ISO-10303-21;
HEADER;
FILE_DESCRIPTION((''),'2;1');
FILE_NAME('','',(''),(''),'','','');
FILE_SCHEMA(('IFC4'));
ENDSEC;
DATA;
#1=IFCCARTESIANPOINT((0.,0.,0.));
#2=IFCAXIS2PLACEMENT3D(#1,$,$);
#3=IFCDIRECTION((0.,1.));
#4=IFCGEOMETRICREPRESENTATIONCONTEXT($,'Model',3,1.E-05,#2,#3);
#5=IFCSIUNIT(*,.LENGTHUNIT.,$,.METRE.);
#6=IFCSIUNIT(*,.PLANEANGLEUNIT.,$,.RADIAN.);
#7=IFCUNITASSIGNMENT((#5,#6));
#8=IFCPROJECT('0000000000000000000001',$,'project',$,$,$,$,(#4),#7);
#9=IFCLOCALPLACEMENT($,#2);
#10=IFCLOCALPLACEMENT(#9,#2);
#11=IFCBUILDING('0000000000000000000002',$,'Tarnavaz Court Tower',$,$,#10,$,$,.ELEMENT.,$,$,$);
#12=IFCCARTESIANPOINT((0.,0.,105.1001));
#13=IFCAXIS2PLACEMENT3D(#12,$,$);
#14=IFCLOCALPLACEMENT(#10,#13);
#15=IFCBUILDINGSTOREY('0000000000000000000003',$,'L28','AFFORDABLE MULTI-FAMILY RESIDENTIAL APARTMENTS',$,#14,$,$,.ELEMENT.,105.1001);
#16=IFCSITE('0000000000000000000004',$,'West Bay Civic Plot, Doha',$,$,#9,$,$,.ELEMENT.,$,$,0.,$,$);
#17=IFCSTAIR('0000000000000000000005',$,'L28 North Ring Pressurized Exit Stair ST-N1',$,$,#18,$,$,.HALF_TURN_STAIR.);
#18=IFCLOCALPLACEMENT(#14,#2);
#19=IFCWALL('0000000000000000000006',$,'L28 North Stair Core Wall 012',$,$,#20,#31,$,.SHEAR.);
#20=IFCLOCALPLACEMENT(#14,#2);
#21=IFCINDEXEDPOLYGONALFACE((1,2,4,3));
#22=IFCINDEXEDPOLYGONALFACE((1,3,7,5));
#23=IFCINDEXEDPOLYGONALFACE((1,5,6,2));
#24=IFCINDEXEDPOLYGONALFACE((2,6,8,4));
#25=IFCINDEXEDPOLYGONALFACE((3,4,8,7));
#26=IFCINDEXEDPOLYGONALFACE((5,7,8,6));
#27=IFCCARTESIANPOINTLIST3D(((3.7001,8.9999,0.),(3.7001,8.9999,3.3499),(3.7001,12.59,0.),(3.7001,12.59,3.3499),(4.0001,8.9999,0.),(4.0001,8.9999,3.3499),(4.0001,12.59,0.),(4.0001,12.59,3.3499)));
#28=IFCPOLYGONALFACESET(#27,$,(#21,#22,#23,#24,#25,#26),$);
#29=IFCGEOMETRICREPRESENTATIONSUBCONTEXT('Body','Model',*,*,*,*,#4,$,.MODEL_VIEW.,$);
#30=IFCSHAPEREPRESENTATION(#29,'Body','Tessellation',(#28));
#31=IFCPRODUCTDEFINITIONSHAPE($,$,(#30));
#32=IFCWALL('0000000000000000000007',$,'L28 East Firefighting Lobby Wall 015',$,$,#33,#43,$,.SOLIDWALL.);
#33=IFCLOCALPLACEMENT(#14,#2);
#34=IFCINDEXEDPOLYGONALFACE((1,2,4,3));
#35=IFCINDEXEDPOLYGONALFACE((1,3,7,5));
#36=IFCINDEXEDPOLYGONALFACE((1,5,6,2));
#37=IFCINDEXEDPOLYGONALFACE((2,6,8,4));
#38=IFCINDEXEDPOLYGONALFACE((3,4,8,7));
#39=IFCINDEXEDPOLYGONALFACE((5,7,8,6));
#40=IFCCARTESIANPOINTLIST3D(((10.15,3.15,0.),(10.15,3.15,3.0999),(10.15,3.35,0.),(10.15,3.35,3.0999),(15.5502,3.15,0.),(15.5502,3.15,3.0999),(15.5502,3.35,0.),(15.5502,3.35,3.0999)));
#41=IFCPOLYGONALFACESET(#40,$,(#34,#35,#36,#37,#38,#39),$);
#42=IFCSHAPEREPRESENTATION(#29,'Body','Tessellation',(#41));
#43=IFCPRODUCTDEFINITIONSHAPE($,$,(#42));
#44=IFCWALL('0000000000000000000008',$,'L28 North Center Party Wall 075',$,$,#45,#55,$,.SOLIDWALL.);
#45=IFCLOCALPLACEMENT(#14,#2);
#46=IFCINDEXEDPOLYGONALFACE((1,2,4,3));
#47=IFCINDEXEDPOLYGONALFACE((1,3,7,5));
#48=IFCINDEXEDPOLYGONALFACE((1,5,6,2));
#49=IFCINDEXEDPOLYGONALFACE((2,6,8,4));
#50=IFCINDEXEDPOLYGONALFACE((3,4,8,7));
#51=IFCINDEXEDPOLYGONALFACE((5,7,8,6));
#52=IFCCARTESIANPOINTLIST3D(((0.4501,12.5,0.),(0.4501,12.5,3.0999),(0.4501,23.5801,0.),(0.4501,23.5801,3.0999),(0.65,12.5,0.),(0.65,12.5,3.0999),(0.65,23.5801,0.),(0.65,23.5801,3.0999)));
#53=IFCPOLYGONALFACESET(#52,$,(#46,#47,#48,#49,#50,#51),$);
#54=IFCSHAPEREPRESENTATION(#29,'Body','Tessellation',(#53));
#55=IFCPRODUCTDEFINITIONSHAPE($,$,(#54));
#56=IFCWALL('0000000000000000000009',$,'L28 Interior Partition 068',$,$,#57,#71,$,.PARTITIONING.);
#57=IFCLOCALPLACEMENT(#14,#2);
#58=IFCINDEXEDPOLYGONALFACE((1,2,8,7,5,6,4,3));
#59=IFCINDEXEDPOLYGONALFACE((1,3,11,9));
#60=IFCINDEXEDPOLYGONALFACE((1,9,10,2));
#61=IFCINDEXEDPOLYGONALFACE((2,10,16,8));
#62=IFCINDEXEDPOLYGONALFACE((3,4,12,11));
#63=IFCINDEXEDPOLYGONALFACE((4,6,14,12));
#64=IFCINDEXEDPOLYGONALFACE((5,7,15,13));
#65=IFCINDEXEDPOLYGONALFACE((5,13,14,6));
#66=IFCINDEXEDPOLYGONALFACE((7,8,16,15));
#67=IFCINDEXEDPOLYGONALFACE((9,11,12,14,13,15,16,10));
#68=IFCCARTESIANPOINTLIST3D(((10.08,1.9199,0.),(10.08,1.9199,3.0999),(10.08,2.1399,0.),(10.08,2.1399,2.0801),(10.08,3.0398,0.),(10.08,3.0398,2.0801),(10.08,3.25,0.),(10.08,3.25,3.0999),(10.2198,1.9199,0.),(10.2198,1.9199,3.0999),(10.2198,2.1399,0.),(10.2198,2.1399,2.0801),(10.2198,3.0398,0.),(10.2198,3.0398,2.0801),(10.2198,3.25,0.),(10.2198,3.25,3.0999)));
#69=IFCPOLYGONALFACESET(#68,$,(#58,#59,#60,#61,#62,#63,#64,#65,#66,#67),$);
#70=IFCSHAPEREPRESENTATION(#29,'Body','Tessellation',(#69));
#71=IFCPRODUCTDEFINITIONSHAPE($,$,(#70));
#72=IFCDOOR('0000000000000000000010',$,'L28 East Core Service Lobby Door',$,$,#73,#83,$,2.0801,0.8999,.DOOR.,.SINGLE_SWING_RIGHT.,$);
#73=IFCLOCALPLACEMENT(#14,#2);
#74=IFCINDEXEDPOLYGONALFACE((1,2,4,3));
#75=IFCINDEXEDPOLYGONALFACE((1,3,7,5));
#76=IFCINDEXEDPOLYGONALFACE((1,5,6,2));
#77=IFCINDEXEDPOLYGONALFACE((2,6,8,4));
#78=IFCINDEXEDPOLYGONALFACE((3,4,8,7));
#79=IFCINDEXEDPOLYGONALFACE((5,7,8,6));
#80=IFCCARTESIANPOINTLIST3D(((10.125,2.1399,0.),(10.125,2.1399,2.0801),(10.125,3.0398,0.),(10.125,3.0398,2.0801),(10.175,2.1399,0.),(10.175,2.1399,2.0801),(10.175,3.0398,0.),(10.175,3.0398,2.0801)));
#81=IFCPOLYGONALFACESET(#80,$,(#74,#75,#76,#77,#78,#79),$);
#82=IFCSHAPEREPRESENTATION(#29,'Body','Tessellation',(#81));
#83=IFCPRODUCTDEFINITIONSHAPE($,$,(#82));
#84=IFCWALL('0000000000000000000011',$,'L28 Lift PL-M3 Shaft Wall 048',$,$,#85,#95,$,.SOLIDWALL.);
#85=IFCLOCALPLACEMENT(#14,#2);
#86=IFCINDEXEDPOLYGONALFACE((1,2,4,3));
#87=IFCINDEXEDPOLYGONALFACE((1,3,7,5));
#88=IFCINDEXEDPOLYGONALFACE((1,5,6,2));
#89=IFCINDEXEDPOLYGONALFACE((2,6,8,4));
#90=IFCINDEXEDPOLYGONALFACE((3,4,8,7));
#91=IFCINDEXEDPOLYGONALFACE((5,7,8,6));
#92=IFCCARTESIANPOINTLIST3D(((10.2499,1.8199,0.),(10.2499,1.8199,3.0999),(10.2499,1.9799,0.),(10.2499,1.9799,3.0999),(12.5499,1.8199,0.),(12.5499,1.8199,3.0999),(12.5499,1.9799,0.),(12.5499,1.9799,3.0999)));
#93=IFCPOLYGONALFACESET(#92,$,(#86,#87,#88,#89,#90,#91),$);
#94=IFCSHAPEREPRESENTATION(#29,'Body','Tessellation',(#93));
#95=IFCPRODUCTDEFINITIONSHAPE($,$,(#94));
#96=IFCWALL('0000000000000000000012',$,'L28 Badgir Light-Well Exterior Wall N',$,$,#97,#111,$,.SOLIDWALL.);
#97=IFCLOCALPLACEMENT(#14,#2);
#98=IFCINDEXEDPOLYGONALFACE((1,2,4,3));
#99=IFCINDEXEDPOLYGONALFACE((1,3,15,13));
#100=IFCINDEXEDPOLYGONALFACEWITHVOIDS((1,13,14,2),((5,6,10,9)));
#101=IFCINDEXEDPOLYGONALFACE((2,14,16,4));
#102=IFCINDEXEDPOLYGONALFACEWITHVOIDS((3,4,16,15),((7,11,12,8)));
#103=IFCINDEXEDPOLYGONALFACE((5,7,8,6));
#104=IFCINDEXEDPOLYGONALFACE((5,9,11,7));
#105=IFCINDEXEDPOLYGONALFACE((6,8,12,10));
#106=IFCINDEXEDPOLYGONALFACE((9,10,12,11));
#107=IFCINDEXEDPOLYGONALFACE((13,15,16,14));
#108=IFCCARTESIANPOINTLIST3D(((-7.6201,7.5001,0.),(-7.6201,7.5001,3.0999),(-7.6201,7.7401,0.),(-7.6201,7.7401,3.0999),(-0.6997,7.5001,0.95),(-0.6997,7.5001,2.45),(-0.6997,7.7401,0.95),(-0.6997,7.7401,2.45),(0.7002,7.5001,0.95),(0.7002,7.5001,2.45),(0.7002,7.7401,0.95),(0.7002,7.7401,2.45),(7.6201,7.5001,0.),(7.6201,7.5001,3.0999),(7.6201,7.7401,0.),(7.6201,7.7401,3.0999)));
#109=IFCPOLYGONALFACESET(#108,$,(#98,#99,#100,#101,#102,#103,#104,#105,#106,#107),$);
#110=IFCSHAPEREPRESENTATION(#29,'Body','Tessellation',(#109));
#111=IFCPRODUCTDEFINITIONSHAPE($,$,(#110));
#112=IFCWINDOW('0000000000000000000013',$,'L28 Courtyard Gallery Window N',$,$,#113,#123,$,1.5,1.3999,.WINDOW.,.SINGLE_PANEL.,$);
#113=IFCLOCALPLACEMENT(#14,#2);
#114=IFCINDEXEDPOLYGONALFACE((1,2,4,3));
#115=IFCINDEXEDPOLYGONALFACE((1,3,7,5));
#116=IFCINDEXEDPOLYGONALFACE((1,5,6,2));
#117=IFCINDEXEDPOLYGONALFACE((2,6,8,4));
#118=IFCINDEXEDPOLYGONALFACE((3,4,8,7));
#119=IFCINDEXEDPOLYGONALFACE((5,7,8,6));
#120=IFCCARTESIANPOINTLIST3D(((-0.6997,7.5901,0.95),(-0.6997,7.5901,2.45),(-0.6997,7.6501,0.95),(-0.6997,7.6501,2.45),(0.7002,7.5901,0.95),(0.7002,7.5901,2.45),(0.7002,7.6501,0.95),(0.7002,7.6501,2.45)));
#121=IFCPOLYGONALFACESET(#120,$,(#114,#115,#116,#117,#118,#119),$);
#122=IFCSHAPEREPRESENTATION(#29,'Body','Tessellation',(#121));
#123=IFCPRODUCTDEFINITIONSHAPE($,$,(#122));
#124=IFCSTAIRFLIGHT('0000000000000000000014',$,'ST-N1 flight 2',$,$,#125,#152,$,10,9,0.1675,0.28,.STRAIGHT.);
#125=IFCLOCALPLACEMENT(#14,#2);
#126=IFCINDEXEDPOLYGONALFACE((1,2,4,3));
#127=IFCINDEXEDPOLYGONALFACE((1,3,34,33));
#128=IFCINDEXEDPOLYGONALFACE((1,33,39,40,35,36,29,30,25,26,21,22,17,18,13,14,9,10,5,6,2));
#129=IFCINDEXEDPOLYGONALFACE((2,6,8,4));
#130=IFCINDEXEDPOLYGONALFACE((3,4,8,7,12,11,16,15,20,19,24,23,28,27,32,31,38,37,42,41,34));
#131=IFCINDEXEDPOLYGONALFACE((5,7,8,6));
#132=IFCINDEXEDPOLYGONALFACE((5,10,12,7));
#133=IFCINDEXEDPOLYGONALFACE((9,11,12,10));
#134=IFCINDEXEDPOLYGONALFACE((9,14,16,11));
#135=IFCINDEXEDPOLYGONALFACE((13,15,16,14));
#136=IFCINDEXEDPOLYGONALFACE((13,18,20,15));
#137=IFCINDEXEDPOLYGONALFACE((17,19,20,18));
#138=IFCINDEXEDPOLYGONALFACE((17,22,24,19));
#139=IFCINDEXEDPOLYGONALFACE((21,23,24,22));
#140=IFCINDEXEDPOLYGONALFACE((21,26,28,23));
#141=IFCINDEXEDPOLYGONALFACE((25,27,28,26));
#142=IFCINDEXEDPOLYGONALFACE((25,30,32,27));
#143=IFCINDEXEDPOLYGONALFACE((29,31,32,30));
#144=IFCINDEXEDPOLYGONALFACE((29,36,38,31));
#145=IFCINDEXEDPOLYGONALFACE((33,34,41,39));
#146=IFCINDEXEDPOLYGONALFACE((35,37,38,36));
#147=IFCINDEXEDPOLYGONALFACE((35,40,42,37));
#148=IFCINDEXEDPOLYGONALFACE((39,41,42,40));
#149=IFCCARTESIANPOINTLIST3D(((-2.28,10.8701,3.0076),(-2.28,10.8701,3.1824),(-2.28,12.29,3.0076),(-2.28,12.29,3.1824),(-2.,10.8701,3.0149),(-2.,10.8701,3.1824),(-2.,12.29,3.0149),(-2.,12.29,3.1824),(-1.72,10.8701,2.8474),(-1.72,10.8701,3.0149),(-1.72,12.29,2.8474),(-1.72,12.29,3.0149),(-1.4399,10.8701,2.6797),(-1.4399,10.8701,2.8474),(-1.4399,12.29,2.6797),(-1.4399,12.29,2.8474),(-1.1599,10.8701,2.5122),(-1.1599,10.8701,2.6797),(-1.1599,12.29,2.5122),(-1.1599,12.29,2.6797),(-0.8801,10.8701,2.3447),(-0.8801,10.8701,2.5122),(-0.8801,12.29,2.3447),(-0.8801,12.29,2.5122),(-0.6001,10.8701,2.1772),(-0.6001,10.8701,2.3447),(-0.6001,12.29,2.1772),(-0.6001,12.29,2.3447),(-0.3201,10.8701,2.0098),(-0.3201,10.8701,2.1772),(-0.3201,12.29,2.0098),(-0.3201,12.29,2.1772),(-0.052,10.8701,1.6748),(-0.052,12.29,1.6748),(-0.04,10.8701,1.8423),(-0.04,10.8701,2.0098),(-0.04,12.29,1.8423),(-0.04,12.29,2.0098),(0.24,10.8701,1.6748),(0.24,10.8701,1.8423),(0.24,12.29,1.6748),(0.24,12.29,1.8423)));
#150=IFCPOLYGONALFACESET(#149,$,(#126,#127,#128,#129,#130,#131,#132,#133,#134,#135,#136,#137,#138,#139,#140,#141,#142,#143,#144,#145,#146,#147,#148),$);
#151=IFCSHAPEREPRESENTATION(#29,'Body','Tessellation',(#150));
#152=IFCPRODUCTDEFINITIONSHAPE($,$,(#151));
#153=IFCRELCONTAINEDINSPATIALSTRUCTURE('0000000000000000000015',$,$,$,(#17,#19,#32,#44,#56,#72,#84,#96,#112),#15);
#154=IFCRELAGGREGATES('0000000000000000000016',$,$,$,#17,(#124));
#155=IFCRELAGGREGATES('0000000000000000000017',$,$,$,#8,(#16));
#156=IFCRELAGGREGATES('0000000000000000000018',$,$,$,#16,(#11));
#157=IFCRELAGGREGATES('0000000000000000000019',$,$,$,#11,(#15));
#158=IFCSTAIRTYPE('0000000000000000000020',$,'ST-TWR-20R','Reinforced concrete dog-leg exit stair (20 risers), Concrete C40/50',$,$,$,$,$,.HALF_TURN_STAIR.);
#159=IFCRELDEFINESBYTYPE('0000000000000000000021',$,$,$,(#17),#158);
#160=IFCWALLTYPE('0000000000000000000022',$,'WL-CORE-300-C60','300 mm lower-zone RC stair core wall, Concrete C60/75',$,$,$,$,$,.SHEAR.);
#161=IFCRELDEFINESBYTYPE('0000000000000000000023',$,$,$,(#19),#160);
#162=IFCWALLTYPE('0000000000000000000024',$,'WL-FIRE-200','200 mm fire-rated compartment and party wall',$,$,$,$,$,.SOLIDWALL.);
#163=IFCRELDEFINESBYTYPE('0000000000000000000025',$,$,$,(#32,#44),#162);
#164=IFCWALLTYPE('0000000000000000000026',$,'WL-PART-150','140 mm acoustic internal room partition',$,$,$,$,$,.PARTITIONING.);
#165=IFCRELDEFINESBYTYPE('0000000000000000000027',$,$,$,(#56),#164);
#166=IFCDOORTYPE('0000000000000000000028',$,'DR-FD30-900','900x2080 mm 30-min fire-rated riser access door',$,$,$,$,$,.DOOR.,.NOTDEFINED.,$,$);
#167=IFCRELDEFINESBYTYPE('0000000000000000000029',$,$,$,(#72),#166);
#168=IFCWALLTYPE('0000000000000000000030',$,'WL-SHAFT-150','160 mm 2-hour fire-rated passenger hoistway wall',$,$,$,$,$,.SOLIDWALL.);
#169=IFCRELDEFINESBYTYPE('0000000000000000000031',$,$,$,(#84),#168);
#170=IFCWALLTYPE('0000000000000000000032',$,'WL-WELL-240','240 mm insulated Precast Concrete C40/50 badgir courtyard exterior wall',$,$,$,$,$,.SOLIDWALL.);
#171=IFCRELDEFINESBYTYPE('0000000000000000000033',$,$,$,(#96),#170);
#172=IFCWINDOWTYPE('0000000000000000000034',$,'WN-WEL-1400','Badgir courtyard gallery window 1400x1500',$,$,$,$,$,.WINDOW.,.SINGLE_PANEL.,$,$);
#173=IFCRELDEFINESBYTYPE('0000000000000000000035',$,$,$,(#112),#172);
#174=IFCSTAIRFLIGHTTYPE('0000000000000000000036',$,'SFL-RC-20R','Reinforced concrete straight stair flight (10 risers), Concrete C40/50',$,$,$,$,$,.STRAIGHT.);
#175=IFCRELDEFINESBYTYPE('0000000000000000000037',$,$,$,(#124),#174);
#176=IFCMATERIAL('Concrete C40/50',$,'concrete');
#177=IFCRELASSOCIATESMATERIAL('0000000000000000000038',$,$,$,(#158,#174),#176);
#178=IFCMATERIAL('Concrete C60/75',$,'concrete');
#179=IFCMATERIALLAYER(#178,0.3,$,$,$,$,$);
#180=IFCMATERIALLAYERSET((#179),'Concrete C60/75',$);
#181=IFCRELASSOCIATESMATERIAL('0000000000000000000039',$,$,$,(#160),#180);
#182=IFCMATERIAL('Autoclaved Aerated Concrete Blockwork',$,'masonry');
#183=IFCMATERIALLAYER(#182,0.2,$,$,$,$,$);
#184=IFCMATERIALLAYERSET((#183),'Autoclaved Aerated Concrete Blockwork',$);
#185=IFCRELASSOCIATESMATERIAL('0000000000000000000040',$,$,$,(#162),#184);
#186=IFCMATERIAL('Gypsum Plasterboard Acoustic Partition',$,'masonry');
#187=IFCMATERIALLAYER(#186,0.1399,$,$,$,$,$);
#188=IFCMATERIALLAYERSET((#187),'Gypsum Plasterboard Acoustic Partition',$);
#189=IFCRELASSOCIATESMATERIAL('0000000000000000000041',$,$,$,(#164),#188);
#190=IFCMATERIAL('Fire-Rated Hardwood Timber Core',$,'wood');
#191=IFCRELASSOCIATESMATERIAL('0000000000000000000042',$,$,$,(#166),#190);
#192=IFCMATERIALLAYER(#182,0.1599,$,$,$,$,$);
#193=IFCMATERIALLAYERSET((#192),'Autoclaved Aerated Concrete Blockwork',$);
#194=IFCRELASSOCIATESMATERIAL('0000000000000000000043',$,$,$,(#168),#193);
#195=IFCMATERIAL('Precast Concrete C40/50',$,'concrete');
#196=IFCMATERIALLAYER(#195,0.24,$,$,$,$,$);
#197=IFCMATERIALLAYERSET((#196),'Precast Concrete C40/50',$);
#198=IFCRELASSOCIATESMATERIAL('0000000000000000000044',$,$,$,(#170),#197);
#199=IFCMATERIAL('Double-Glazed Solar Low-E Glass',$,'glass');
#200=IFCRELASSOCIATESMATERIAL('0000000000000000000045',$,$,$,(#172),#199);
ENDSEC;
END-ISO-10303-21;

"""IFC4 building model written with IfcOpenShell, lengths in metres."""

from ifc_helpers import new_model, si_unit, direction, frame, frame_2d, origin, place, context, subcontext, project, spatial, polyline, rectangle, outline, extrude, material, layer, layer_set, type_object, element, fill, aggregate, save


model = new_model("IFC4")

# Units and contexts
model_context = context("Model", 3, precision=1e-05, world=origin(), true_north=direction((0.0, 1.0)))
body_context = subcontext(model_context, "Body", "Model", "MODEL_VIEW")
ifc_project = project(units=[si_unit("LENGTHUNIT", "METRE"), si_unit("PLANEANGLEUNIT", "RADIAN")], contexts=[model_context])

# Site, building, storey
site_placement = place(None, origin())
site = spatial("IfcSite", under=ifc_project, at=site_placement, Name="West Bay Civic Plot, Doha", CompositionType="ELEMENT", RefElevation=0.0)
building_placement = place(site_placement, origin())
building = spatial("IfcBuilding", under=site, at=building_placement, Name="Tarnavaz Court Tower", CompositionType="ELEMENT")
storey_placement = place(building_placement, frame((0.0, 0.0, 105.1001)))
storey = spatial("IfcBuildingStorey", under=building, at=storey_placement, Name="L28", Description="AFFORDABLE MULTI-FAMILY RESIDENTIAL APARTMENTS", CompositionType="ELEMENT", Elevation=105.1001)

# Shared definitions
ifc_material_1 = material(Name="Concrete C60/75", Category="concrete")

# Stair
ifc_material_2 = material(Name="Concrete C40/50", Category="concrete")
stair_type = type_object("IfcStairType", Name="ST-TWR-20R", Description="Reinforced concrete dog-leg exit stair (20 risers), Concrete C40/50", PredefinedType="HALF_TURN_STAIR", material=ifc_material_2)
stair_1_placement = place(storey_placement, origin())
stair_1 = element("IfcStair", 1, at=stair_1_placement, inside=storey, type_object=stair_type, Name="L28 North Ring Pressurized Exit Stair ST-N1", PredefinedType="HALF_TURN_STAIR")

# Shared definitions
ifc_layer_1 = layer(ifc_material_1, 0.3)
ifc_layer_set_1 = layer_set([ifc_layer_1], Name="Concrete C60/75")
wall_type_1 = type_object("IfcWallType", Name="WL-CORE-300-C60", Description="300 mm lower-zone RC stair core wall, Concrete C60/75", PredefinedType="SHEAR", material=ifc_layer_set_1)

# Shared definitions
ifc_material_3 = material(Name="Fire-Rated Hardwood Timber Core", Category="wood")

# Walls
wall_1_placement = place(storey_placement, frame((3.8501, 9.0, 0.0), z_axis=(0.0, 0.0, 1.0), x_axis=(0.0, 1.0, 0.0)))
element("IfcWall", 2, at=wall_1_placement, inside=storey, type_object=wall_type_1, Name="L28 North Stair Core Wall 012", PredefinedType="SHEAR", context=body_context, shape_type="SweptSolid", body=[
    extrude(rectangle(XDim=3.5901, YDim=0.3, at=frame_2d((1.7949, 0.0))), origin(), (0.0, 0.0, 1.0), 3.3499),
])
ifc_material_4 = material(Name="Autoclaved Aerated Concrete Blockwork", Category="masonry")
ifc_layer_2 = layer(ifc_material_4, 0.2)
ifc_layer_set_2 = layer_set([ifc_layer_2], Name="Autoclaved Aerated Concrete Blockwork")
wall_type_2 = type_object("IfcWallType", Name="WL-FIRE-200", Description="200 mm fire-rated compartment and party wall", PredefinedType="SOLIDWALL", material=ifc_layer_set_2)
wall_2_placement = place(storey_placement, frame((10.1499, 3.25, 0.0), z_axis=(0.0, 0.0, 1.0), x_axis=(1.0, 0.0, 0.0)))
element("IfcWall", 3, at=wall_2_placement, inside=storey, type_object=wall_type_2, Name="L28 East Firefighting Lobby Wall 015", PredefinedType="SOLIDWALL", context=body_context, shape_type="SweptSolid", body=[
    extrude(rectangle(XDim=5.4001, YDim=0.2, at=frame_2d((2.7002, 0.0))), origin(), (0.0, 0.0, 1.0), 3.0999),
])

# Wall
wall_3_placement = place(storey_placement, frame((0.55, 12.5, 0.0), z_axis=(0.0, 0.0, 1.0), x_axis=(0.0, 1.0, 0.0)))
element("IfcWall", 4, at=wall_3_placement, inside=storey, type_object=wall_type_2, Name="L28 North Center Party Wall 075", PredefinedType="SOLIDWALL", context=body_context, shape_type="SweptSolid", body=[
    extrude(rectangle(XDim=11.0801, YDim=0.2, at=frame_2d((5.54, 0.0))), origin(), (0.0, 0.0, 1.0), 3.0999),
])

# Wall, opening, door
ifc_material_5 = material(Name="Gypsum Plasterboard Acoustic Partition", Category="masonry")
ifc_layer_3 = layer(ifc_material_5, 0.1399)
ifc_layer_set_3 = layer_set([ifc_layer_3], Name="Gypsum Plasterboard Acoustic Partition")
wall_type_3 = type_object("IfcWallType", Name="WL-PART-150", Description="140 mm acoustic internal room partition", PredefinedType="PARTITIONING", material=ifc_layer_set_3)
wall_4_placement = place(storey_placement, frame((10.1499, 1.9199, 0.0), z_axis=(0.0, 0.0, 1.0), x_axis=(0.0, 1.0, 0.0)))
wall_4 = element("IfcWall", 5, at=wall_4_placement, inside=storey, type_object=wall_type_3, Name="L28 Interior Partition 068", PredefinedType="PARTITIONING", context=body_context, shape_type="SweptSolid", body=[
    extrude(rectangle(XDim=1.3301, YDim=0.1399, at=frame_2d((0.665, 0.0))), origin(), (0.0, 0.0, 1.0), 3.0999),
])
opening_1_placement = place(wall_4_placement, frame((0.22, 0.0, 0.0)))
opening_1 = element("IfcOpeningElement", 6, at=opening_1_placement, cuts=wall_4, PredefinedType="OPENING", context=body_context, shape_type="SweptSolid", body=[
    extrude(rectangle(XDim=0.8999, YDim=2.0801, at=frame_2d((0.45, 1.04))), frame((0.0, 0.0798, 0.0), z_axis=(0.0, -1.0, 0.0), x_axis=(1.0, 0.0, 0.0)), (0.0, 0.0, 1.0), 0.1599),
])
door_type_1 = type_object("IfcDoorType", Name="DR-FD30-900", Description="900x2080 mm 30-min fire-rated riser access door", OperationType="NOTDEFINED", PredefinedType="DOOR", material=ifc_material_3)
door_1_placement = place(opening_1_placement, origin())
door_1 = element("IfcDoor", 7, at=door_1_placement, inside=storey, type_object=door_type_1, Name="L28 East Core Service Lobby Door", OperationType="SINGLE_SWING_RIGHT", OverallHeight=2.0801, OverallWidth=0.8999, PredefinedType="DOOR", context=body_context, shape_type="SweptSolid", body=[
    extrude(rectangle(XDim=0.8999, YDim=2.0801, at=frame_2d((0.45, 1.04))), frame((0.0, 0.0249, 0.0), z_axis=(0.0, -1.0, 0.0), x_axis=(1.0, 0.0, 0.0)), (0.0, 0.0, 1.0), 0.05),
])
fill(opening_1, door_1)

# Wall
ifc_layer_4 = layer(ifc_material_4, 0.1599)
ifc_layer_set_4 = layer_set([ifc_layer_4], Name="Autoclaved Aerated Concrete Blockwork")
wall_type_4 = type_object("IfcWallType", Name="WL-SHAFT-150", Description="160 mm 2-hour fire-rated passenger hoistway wall", PredefinedType="SOLIDWALL", material=ifc_layer_set_4)
wall_5_placement = place(storey_placement, frame((10.25, 1.8999, 0.0), z_axis=(0.0, 0.0, 1.0), x_axis=(1.0, 0.0, 0.0)))
element("IfcWall", 8, at=wall_5_placement, inside=storey, type_object=wall_type_4, Name="L28 Lift PL-M3 Shaft Wall 048", PredefinedType="SOLIDWALL", context=body_context, shape_type="SweptSolid", body=[
    extrude(rectangle(XDim=2.3, YDim=0.1599, at=frame_2d((1.1499, 0.0))), origin(), (0.0, 0.0, 1.0), 3.0999),
])

# Wall, opening, window
ifc_material_6 = material(Name="Precast Concrete C40/50", Category="concrete")
ifc_layer_5 = layer(ifc_material_6, 0.24)
ifc_layer_set_5 = layer_set([ifc_layer_5], Name="Precast Concrete C40/50")
wall_type_5 = type_object("IfcWallType", Name="WL-WELL-240", Description="240 mm insulated Precast Concrete C40/50 badgir courtyard exterior wall", PredefinedType="SOLIDWALL", material=ifc_layer_set_5)
wall_6_placement = place(storey_placement, frame((7.6201, 7.6201, 0.0), z_axis=(0.0, 0.0, 1.0), x_axis=(-1.0, 0.0, 0.0)))
wall_6 = element("IfcWall", 9, at=wall_6_placement, inside=storey, type_object=wall_type_5, Name="L28 Badgir Light-Well Exterior Wall N", PredefinedType="SOLIDWALL", context=body_context, shape_type="SweptSolid", body=[
    extrude(rectangle(XDim=15.2402, YDim=0.24, at=frame_2d((7.6201, 0.0))), origin(), (0.0, 0.0, 1.0), 3.0999),
])
opening_2_placement = place(wall_6_placement, frame((6.9199, 0.0, 0.95)))
opening_2 = element("IfcOpeningElement", 10, at=opening_2_placement, cuts=wall_6, PredefinedType="OPENING", context=body_context, shape_type="SweptSolid", body=[
    extrude(rectangle(XDim=1.3999, YDim=1.5, at=frame_2d((0.7, 0.75))), frame((0.0, 0.1299, 0.0), z_axis=(0.0, -1.0, 0.0), x_axis=(1.0, 0.0, 0.0)), (0.0, 0.0, 1.0), 0.26),
])
ifc_material_7 = material(Name="Double-Glazed Solar Low-E Glass", Category="glass")
window_type = type_object("IfcWindowType", Name="WN-WEL-1400", Description="Badgir courtyard gallery window 1400x1500", PartitioningType="SINGLE_PANEL", PredefinedType="WINDOW", material=ifc_material_7)
window_placement = place(opening_2_placement, origin())
window = element("IfcWindow", 11, at=window_placement, inside=storey, type_object=window_type, Name="L28 Courtyard Gallery Window N", OverallHeight=1.5, OverallWidth=1.3999, PartitioningType="SINGLE_PANEL", PredefinedType="WINDOW", context=body_context, shape_type="SweptSolid", body=[
    extrude(rectangle(XDim=1.3999, YDim=1.5, at=frame_2d((0.7, 0.75))), frame((0.0, 0.03, 0.0), z_axis=(0.0, -1.0, 0.0), x_axis=(1.0, 0.0, 0.0)), (0.0, 0.0, 1.0), 0.0601),
])
fill(opening_2, window)

# Stair flight
stair_flight_type = type_object("IfcStairFlightType", Name="SFL-RC-20R", Description="Reinforced concrete straight stair flight (10 risers), Concrete C40/50", PredefinedType="STRAIGHT", material=ifc_material_2)
stair_flight_placement = place(storey_placement, frame((0.24, 11.5801, 1.6748), z_axis=(0.0, 0.0, 1.0), x_axis=(-1.0, 0.0, 0.0)))
stair_flight = element("IfcStairFlight", 12, at=stair_flight_placement, type_object=stair_flight_type, Name="ST-N1 flight 2", NumberOfRisers=10, NumberOfTreads=9, PredefinedType="STRAIGHT", RiserHeight=0.1675, TreadLength=0.28, context=body_context, shape_type="SweptSolid", body=[
    extrude(outline(polyline([(0.0, 0.0), (0.0, 0.1675), (0.28, 0.1675), (0.28, 0.335), (0.5601, 0.335), (0.5601, 0.5024), (0.8401, 0.5024), (0.8401, 0.6699), (1.1201, 0.6699), (1.1201, 0.8374), (1.3999, 0.8374), (1.3999, 1.0049), (1.6799, 1.0049), (1.6799, 1.1726), (1.96, 1.1726), (1.96, 1.3401), (2.24, 1.3401), (2.24, 1.5076), (2.52, 1.5076), (2.52, 1.675), (2.52, 1.3328), (0.292, 0.0), (0.0, 0.0)])), frame((0.0, 0.71, 0.0), z_axis=(0.0, -1.0, 0.0), x_axis=(1.0, 0.0, 0.0)), (0.0, 0.0, 1.0), 1.4199),
])
aggregate(stair_1, [stair_flight])

save(model, "model.ifc")
